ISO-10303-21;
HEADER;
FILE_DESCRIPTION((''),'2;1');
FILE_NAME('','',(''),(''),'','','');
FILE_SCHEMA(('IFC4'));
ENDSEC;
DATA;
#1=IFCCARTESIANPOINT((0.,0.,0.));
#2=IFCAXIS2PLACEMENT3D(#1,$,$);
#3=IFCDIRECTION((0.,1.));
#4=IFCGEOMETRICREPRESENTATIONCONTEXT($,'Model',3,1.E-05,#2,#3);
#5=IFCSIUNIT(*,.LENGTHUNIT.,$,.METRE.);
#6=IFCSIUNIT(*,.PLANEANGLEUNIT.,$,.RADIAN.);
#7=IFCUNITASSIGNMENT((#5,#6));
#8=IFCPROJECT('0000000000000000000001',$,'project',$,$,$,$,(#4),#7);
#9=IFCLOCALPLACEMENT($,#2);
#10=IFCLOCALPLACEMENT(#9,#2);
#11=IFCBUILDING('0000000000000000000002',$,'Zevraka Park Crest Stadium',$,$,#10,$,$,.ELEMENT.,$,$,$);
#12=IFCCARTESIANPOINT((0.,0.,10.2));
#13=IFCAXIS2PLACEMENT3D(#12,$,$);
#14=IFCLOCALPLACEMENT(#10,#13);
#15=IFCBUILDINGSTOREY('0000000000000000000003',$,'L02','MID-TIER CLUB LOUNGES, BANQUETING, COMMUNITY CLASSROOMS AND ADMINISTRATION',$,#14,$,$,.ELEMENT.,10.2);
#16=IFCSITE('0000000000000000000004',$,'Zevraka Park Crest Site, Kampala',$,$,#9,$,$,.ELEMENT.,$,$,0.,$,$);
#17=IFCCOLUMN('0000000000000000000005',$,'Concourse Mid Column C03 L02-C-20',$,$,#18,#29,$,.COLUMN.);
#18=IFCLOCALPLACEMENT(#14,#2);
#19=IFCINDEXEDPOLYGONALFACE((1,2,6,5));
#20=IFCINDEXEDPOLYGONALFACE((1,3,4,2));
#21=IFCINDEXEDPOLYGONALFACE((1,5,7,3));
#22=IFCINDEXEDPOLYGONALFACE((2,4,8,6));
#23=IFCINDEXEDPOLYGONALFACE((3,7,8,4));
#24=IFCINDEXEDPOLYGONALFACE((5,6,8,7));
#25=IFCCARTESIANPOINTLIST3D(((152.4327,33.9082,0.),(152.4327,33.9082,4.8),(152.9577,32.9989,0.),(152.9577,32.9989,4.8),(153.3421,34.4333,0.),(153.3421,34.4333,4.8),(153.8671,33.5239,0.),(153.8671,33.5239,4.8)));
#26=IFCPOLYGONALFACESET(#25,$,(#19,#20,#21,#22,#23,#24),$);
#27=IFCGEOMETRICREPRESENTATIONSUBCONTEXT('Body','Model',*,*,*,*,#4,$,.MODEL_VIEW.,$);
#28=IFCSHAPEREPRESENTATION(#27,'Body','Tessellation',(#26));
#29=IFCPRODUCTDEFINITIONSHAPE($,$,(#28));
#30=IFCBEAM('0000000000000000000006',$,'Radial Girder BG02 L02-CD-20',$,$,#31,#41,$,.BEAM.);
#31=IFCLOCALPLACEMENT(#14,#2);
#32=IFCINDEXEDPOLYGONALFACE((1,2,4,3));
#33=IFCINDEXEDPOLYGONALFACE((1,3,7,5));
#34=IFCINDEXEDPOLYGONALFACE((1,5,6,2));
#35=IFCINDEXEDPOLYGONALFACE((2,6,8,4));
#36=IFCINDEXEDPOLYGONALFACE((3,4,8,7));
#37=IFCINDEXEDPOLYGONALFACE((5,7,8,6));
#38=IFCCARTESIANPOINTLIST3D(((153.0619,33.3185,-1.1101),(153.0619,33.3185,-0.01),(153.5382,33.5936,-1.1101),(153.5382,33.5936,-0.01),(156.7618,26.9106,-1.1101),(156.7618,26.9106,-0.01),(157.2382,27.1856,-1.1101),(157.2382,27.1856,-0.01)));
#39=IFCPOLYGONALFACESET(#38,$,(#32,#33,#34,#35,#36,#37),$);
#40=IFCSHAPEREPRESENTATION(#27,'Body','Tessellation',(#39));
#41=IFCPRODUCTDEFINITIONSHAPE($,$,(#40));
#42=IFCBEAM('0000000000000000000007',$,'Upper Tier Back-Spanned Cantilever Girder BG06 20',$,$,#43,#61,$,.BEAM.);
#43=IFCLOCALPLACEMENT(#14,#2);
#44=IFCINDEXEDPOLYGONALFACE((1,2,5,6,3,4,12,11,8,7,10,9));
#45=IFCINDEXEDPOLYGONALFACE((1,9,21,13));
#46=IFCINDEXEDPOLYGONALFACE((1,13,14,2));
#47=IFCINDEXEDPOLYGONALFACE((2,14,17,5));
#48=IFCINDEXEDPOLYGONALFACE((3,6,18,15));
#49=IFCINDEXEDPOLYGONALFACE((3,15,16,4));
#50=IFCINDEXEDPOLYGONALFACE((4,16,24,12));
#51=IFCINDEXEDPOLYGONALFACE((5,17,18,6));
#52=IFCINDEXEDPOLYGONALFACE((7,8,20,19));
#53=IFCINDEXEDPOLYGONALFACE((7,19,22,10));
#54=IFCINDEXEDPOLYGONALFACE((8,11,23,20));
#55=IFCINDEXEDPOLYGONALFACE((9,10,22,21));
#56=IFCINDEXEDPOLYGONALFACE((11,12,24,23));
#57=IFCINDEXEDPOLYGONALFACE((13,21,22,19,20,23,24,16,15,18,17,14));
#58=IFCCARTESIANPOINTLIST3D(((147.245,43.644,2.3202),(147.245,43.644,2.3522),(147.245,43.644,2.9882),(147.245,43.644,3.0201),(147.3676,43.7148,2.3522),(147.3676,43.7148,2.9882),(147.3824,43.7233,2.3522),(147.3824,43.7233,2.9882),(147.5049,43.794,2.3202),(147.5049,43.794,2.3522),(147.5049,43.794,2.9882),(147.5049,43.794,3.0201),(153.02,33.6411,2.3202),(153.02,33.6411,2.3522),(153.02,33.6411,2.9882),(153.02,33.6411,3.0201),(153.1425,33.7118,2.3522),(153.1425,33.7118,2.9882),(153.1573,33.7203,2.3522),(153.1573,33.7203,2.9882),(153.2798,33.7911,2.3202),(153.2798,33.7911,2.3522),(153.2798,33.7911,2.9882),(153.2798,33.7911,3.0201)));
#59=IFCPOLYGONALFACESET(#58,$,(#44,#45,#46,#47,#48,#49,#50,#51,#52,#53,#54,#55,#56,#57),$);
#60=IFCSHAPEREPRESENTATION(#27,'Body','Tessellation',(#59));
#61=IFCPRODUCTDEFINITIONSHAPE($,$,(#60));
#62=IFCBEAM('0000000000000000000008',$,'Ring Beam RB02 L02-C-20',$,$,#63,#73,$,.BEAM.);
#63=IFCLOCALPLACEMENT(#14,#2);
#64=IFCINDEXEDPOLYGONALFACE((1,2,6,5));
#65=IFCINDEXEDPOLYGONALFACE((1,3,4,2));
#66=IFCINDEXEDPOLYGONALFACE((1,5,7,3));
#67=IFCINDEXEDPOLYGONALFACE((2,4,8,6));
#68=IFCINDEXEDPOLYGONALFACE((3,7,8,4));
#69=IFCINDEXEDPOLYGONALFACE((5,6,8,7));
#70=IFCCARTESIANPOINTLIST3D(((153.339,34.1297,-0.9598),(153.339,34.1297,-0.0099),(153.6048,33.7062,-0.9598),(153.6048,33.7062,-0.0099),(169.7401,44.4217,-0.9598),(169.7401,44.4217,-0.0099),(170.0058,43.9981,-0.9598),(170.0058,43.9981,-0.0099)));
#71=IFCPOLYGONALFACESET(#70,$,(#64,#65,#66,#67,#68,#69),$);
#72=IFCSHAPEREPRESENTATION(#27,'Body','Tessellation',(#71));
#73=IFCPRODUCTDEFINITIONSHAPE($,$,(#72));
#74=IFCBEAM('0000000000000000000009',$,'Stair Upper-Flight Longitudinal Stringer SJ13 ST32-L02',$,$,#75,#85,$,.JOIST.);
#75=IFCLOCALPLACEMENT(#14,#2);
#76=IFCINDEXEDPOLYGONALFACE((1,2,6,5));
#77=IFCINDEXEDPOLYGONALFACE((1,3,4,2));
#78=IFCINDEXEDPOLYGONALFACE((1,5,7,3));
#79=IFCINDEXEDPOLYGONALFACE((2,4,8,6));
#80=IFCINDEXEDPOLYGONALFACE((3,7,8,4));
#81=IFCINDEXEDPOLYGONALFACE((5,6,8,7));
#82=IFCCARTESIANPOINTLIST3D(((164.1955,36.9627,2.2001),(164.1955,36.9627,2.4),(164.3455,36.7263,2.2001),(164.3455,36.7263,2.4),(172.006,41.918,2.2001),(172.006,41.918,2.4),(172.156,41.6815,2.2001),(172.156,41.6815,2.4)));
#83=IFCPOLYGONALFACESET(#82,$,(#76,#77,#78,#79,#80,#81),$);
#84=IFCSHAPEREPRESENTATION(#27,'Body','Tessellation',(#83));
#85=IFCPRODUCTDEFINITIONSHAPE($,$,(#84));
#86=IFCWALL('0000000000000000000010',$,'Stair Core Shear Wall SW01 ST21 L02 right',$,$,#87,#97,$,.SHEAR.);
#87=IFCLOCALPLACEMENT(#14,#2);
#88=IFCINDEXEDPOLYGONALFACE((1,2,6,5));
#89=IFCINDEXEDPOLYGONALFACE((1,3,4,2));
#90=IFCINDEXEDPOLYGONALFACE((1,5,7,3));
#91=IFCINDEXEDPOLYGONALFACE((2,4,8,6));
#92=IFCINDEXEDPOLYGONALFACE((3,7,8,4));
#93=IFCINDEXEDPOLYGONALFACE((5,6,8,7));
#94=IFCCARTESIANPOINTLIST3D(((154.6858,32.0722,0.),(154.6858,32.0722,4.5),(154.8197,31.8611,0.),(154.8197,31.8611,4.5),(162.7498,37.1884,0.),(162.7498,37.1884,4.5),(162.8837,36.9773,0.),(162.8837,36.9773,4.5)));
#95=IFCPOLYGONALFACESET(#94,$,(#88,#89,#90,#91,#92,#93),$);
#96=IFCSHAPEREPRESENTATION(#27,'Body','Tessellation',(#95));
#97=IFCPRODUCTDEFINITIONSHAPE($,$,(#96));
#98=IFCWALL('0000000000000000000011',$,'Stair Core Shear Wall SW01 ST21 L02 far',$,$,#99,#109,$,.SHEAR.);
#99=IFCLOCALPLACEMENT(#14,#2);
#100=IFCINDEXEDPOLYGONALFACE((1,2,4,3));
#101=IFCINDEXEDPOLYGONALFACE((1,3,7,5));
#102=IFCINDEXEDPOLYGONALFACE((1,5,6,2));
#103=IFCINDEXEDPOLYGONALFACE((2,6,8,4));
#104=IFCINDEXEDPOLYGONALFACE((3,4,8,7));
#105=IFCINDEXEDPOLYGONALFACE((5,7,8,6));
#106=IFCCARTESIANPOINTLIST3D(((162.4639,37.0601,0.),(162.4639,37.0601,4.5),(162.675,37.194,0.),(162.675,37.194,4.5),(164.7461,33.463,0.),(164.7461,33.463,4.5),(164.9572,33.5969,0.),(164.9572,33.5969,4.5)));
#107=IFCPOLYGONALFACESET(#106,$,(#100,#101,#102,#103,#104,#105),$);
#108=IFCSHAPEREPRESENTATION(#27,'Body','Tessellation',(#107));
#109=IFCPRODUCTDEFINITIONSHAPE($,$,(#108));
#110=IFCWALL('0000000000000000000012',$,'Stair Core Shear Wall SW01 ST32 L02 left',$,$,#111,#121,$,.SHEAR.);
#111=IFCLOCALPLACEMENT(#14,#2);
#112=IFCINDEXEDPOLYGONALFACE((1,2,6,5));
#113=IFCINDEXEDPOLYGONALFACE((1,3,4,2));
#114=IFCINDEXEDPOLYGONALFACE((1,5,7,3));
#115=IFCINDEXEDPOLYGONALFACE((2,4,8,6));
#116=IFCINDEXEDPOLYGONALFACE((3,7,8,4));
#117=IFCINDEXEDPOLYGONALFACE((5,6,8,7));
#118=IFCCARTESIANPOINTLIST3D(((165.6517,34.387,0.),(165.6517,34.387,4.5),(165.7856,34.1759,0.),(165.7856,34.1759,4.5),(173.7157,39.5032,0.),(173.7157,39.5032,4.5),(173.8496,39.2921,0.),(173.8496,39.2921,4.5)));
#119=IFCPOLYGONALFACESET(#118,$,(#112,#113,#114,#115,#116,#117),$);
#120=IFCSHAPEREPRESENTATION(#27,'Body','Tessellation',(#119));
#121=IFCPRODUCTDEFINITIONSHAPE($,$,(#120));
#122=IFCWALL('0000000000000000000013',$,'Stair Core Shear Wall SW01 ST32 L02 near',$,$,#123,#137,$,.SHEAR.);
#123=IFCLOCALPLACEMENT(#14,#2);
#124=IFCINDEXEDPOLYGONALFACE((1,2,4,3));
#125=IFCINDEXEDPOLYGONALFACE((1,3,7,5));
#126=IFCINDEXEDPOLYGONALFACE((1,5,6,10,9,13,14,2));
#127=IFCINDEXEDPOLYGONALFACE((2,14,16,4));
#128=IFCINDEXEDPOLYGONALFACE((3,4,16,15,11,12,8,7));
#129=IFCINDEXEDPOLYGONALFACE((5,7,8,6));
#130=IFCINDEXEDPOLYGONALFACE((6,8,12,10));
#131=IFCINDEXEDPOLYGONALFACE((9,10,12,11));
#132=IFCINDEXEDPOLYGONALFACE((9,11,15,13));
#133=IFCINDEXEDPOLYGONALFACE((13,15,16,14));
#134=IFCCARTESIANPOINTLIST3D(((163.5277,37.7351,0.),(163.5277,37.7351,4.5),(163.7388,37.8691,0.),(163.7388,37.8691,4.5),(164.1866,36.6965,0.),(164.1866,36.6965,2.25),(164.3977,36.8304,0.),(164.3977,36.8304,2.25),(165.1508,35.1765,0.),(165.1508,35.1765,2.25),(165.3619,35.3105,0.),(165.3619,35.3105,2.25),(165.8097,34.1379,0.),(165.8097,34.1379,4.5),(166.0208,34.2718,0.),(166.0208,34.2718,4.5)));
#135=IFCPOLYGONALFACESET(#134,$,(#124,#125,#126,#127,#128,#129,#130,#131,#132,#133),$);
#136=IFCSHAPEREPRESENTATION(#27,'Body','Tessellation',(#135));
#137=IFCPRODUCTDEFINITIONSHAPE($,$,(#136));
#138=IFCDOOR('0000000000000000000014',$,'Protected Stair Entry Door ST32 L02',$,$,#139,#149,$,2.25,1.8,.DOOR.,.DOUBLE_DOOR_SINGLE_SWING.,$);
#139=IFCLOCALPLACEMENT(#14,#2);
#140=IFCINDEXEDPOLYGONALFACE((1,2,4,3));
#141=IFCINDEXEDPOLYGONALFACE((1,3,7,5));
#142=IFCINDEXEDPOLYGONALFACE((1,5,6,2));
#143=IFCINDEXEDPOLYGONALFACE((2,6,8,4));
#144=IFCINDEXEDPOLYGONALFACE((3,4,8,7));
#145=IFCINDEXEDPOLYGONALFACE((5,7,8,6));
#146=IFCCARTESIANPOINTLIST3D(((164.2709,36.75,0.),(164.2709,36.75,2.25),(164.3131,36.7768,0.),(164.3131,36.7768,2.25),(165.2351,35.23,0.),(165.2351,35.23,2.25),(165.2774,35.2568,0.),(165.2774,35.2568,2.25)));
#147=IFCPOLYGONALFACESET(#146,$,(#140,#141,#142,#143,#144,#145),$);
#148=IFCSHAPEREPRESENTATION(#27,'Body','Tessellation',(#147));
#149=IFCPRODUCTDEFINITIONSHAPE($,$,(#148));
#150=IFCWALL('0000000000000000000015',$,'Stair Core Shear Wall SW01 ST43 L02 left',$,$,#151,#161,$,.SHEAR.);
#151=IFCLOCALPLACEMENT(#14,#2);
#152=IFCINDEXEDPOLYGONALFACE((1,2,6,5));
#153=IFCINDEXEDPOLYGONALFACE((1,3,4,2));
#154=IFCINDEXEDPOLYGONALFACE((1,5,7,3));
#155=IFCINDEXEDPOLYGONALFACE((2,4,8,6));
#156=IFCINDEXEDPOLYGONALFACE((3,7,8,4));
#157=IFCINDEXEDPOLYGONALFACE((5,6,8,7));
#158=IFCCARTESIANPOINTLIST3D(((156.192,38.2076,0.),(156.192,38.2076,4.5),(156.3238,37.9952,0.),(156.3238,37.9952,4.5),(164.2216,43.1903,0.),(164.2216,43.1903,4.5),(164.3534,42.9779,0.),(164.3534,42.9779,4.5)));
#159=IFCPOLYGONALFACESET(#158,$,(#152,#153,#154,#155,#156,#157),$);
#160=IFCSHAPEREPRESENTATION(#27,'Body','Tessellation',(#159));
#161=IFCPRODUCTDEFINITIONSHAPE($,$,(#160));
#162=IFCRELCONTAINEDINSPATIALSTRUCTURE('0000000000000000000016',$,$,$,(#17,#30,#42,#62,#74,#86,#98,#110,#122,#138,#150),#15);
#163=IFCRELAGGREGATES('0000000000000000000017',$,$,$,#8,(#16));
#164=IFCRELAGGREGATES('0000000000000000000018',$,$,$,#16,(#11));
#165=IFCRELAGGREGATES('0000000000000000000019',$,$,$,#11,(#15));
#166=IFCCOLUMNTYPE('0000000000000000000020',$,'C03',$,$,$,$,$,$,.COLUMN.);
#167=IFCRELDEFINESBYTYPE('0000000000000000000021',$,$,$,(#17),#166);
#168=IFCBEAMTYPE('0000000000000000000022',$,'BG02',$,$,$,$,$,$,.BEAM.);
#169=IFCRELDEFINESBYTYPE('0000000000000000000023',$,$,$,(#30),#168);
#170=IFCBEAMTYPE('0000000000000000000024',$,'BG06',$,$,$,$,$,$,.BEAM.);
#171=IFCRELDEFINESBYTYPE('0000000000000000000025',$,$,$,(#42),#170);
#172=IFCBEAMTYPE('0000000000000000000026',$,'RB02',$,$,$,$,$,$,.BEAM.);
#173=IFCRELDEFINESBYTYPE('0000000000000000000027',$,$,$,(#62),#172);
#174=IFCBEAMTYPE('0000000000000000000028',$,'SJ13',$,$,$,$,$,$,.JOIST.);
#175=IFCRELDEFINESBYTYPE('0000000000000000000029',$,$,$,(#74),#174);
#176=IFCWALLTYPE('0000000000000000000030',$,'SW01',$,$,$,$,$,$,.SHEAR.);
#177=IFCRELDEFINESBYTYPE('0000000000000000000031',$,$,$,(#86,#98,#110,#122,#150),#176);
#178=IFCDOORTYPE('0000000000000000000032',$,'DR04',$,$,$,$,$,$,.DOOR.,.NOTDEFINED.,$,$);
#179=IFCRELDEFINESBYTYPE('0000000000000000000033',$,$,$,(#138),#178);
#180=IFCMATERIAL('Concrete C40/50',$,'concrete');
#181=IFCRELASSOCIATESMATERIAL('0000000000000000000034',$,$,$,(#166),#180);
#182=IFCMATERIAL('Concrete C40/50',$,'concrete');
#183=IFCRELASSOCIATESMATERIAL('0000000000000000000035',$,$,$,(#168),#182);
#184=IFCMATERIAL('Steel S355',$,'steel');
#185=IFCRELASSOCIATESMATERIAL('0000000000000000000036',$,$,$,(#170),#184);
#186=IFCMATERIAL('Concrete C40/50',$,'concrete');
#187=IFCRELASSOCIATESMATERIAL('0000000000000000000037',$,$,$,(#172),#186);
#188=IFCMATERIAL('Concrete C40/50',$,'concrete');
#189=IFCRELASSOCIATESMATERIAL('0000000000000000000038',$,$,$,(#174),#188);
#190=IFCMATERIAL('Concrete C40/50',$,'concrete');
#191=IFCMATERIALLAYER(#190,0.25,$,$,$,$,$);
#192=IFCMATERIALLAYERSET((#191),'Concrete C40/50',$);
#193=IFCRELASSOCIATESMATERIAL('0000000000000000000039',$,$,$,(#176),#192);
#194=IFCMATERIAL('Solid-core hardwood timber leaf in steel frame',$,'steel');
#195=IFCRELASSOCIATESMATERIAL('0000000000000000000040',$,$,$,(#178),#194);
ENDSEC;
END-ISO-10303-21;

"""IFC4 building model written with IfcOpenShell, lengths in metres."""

from ifc_helpers import new_model, si_unit, direction, frame, frame_2d, origin, origin_2d, place, context, subcontext, project, spatial, rectangle, i_section, extrude, material, layer, layer_set, material_profile, profile_set, type_object, element, fill, save


model = new_model("IFC4")

# Units and contexts
model_context = context("Model", 3, precision=1e-05, world=origin(), true_north=direction((0.0, 1.0)))
body_context = subcontext(model_context, "Body", "Model", "MODEL_VIEW")
ifc_project = project(units=[si_unit("LENGTHUNIT", "METRE"), si_unit("PLANEANGLEUNIT", "RADIAN")], contexts=[model_context])

# Site, building, storey
site_placement = place(None, origin())
site = spatial("IfcSite", under=ifc_project, at=site_placement, Name="Zevraka Park Crest Site, Kampala", CompositionType="ELEMENT", RefElevation=0.0)
building_placement = place(site_placement, origin())
building = spatial("IfcBuilding", under=site, at=building_placement, Name="Zevraka Park Crest Stadium", CompositionType="ELEMENT")
storey_placement = place(building_placement, frame((0.0, 0.0, 10.2)))
storey = spatial("IfcBuildingStorey", under=building, at=storey_placement, Name="L02", Description="MID-TIER CLUB LOUNGES, BANQUETING, COMMUNITY CLASSROOMS AND ADMINISTRATION", CompositionType="ELEMENT", Elevation=10.2)

# Column
ifc_material_1 = material(Name="Concrete C40/50", Category="concrete")
ifc_material_profile_1 = material_profile(ifc_material_1, rectangle(XDim=1.05, YDim=1.05, at=origin_2d()), Name="RC 1050x1050")
ifc_profile_set_1 = profile_set([ifc_material_profile_1], Name="Concrete C40/50")
column_type = type_object("IfcColumnType", Name="C03", PredefinedType="COLUMN", material=ifc_profile_set_1)
column_placement = place(storey_placement, frame((153.1499, 33.7161, 0.0), z_axis=(0.0, 0.0, 1.0), x_axis=(-0.5, 0.866025, 0.0)))
element("IfcColumn", 1, at=column_placement, inside=storey, type_object=column_type, Name="Concourse Mid Column C03 L02-C-20", PredefinedType="COLUMN", context=body_context, shape_type="SweptSolid", body=[
    extrude(rectangle(XDim=1.05, YDim=1.05, at=origin_2d()), origin(), (0.0, 0.0, 1.0), 4.8),
])

# Beams
ifc_material_2 = material(Name="Concrete C40/50", Category="concrete")
ifc_material_profile_2 = material_profile(ifc_material_2, rectangle(XDim=0.55, YDim=1.1001, at=origin_2d()), Name="RC 1100x550")
ifc_profile_set_2 = profile_set([ifc_material_profile_2], Name="Concrete C40/50")
beam_type_1 = type_object("IfcBeamType", Name="BG02", PredefinedType="BEAM", material=ifc_profile_set_2)
beam_1_placement = place(storey_placement, frame((153.3, 33.4561, -0.5601), z_axis=(0.500032, -0.866007, 0.0), x_axis=(0.866007, 0.500032, 0.0)))
element("IfcBeam", 2, at=beam_1_placement, inside=storey, type_object=beam_type_1, Name="Radial Girder BG02 L02-CD-20", PredefinedType="BEAM", context=body_context, shape_type="SweptSolid", body=[
    extrude(rectangle(XDim=0.55, YDim=1.1001, at=origin_2d()), origin(), (0.0, 0.0, 1.0), 7.3994),
])
ifc_material_3 = material(Name="Steel S355", Category="steel")
ifc_material_profile_3 = material_profile(ifc_material_3, i_section(OverallWidth=0.3, OverallDepth=0.7, WebThickness=0.0171, FlangeThickness=0.032, at=origin_2d()), Name="HEB 700")
ifc_profile_set_3 = profile_set([ifc_material_profile_3], Name="Steel S355")
beam_type_2 = type_object("IfcBeamType", Name="BG06", PredefinedType="BEAM", material=ifc_profile_set_3)
beam_2_placement = place(storey_placement, frame((153.1499, 33.7161, 2.6702), z_axis=(-0.499981, 0.866036, 0.0), x_axis=(-0.866036, -0.499981, 0.0)))
element("IfcBeam", 3, at=beam_2_placement, inside=storey, type_object=beam_type_2, Name="Upper Tier Back-Spanned Cantilever Girder BG06 20", PredefinedType="BEAM", context=body_context, shape_type="SweptSolid", body=[
    extrude(i_section(OverallWidth=0.3, OverallDepth=0.7, WebThickness=0.0171, FlangeThickness=0.032, at=origin_2d()), origin(), (0.0, 0.0, 1.0), 11.5503),
])
ifc_material_4 = material(Name="Concrete C40/50", Category="concrete")
ifc_material_profile_4 = material_profile(ifc_material_4, rectangle(XDim=0.5, YDim=0.95, at=origin_2d()), Name="RC 950x500")
ifc_profile_set_4 = profile_set([ifc_material_profile_4], Name="Concrete C40/50")
beam_type_3 = type_object("IfcBeamType", Name="RB02", PredefinedType="BEAM", material=ifc_profile_set_4)
beam_3_placement = place(storey_placement, frame((153.4719, 33.918, -0.4849), z_axis=(0.847039, 0.531532, 0.0), x_axis=(-0.531532, 0.847039, 0.0)))
element("IfcBeam", 4, at=beam_3_placement, inside=storey, type_object=beam_type_3, Name="Ring Beam RB02 L02-C-20", PredefinedType="BEAM", context=body_context, shape_type="SweptSolid", body=[
    extrude(rectangle(XDim=0.5, YDim=0.95, at=origin_2d()), origin(), (0.0, 0.0, 1.0), 19.3628),
])
ifc_material_5 = material(Name="Concrete C40/50", Category="concrete")
ifc_material_profile_5 = material_profile(ifc_material_5, rectangle(XDim=0.28, YDim=0.2, at=origin_2d()), Name="RC 200x280")
ifc_profile_set_5 = profile_set([ifc_material_profile_5], Name="Concrete C40/50")
beam_type_4 = type_object("IfcBeamType", Name="SJ13", PredefinedType="JOIST", material=ifc_profile_set_5)
beam_4_placement = place(storey_placement, frame((164.2705, 36.8445, 2.3), z_axis=(0.844396, 0.535719, 0.0), x_axis=(-0.535719, 0.844396, 0.0)))
element("IfcBeam", 5, at=beam_4_placement, inside=storey, type_object=beam_type_4, Name="Stair Upper-Flight Longitudinal Stringer SJ13 ST32-L02", PredefinedType="JOIST", context=body_context, shape_type="SweptSolid", body=[
    extrude(rectangle(XDim=0.28, YDim=0.2, at=origin_2d()), origin(), (0.0, 0.0, 1.0), 9.2498),
])

# Walls
ifc_material_6 = material(Name="Concrete C40/50", Category="concrete")
ifc_layer = layer(ifc_material_6, 0.25)
ifc_layer_set = layer_set([ifc_layer], Name="Concrete C40/50")
wall_type = type_object("IfcWallType", Name="SW01", PredefinedType="SHEAR", material=ifc_layer_set)
wall_1_placement = place(storey_placement, frame((162.8167, 37.0828, 0.0), z_axis=(0.0, 0.0, 1.0), x_axis=(-0.844391, -0.535727, 0.0)))
element("IfcWall", 6, at=wall_1_placement, inside=storey, type_object=wall_type, Name="Stair Core Shear Wall SW01 ST21 L02 right", PredefinedType="SHEAR", context=body_context, shape_type="SweptSolid", body=[
    extrude(rectangle(XDim=9.55, YDim=0.25, at=frame_2d((4.7749, 0.0))), origin(), (0.0, 0.0, 1.0), 4.5),
])
wall_2_placement = place(storey_placement, frame((164.8516, 33.53, 0.0), z_axis=(0.0, 0.0, 1.0), x_axis=(-0.535725, 0.844392, 0.0)))
element("IfcWall", 7, at=wall_2_placement, inside=storey, type_object=wall_type, Name="Stair Core Shear Wall SW01 ST21 L02 far", PredefinedType="SHEAR", context=body_context, shape_type="SweptSolid", body=[
    extrude(rectangle(XDim=4.26, YDim=0.25, at=frame_2d((2.1299, 0.0))), origin(), (0.0, 0.0, 1.0), 4.5),
])
wall_3_placement = place(storey_placement, frame((165.7188, 34.2815, 0.0), z_axis=(0.0, 0.0, 1.0), x_axis=(0.844391, 0.535727, 0.0)))
element("IfcWall", 8, at=wall_3_placement, inside=storey, type_object=wall_type, Name="Stair Core Shear Wall SW01 ST32 L02 left", PredefinedType="SHEAR", context=body_context, shape_type="SweptSolid", body=[
    extrude(rectangle(XDim=9.55, YDim=0.25, at=frame_2d((4.7749, 0.0))), origin(), (0.0, 0.0, 1.0), 4.5),
])

# Wall, opening, door
wall_4_placement = place(storey_placement, frame((163.6333, 37.802, 0.0), z_axis=(0.0, 0.0, 1.0), x_axis=(0.535685, -0.844418, 0.0)))
wall_4 = element("IfcWall", 9, at=wall_4_placement, inside=storey, type_object=wall_type, Name="Stair Core Shear Wall SW01 ST32 L02 near", PredefinedType="SHEAR", context=body_context, shape_type="SweptSolid", body=[
    extrude(rectangle(XDim=4.26, YDim=0.25, at=frame_2d((2.1299, 0.0))), origin(), (0.0, 0.0, 1.0), 4.5),
])
opening_placement = place(wall_4_placement, frame((1.23, 0.0, 0.0)))
opening = element("IfcOpeningElement", 10, at=opening_placement, cuts=wall_4, PredefinedType="OPENING", context=body_context, shape_type="SweptSolid", body=[
    extrude(rectangle(XDim=1.8, YDim=2.25, at=frame_2d((0.8999, 1.125))), frame((0.0, 0.135, 0.0), z_axis=(0.0, -1.0, 0.0), x_axis=(1.0, 0.0, 0.0)), (0.0, 0.0, 1.0), 0.27),
])
ifc_material_7 = material(Name="Solid-core hardwood timber leaf in steel frame", Category="steel")
door_type = type_object("IfcDoorType", Name="DR04", OperationType="NOTDEFINED", PredefinedType="DOOR", material=ifc_material_7)
door_placement = place(opening_placement, origin())
door = element("IfcDoor", 11, at=door_placement, inside=storey, type_object=door_type, Name="Protected Stair Entry Door ST32 L02", OperationType="DOUBLE_DOOR_SINGLE_SWING", OverallHeight=2.25, OverallWidth=1.8, PredefinedType="DOOR", context=body_context, shape_type="SweptSolid", body=[
    extrude(rectangle(XDim=1.8, YDim=2.25, at=frame_2d((0.8999, 1.125))), frame((0.0, 0.0249, 0.0), z_axis=(0.0, -1.0, 0.0), x_axis=(1.0, 0.0, 0.0)), (0.0, 0.0, 1.0), 0.05),
])
fill(opening, door)

# Wall
wall_5_placement = place(storey_placement, frame((156.2578, 38.1013, 0.0), z_axis=(0.0, 0.0, 1.0), x_axis=(0.849696, 0.527272, 0.0)))
element("IfcWall", 12, at=wall_5_placement, inside=storey, type_object=wall_type, Name="Stair Core Shear Wall SW01 ST43 L02 left", PredefinedType="SHEAR", context=body_context, shape_type="SweptSolid", body=[
    extrude(rectangle(XDim=9.45, YDim=0.25, at=frame_2d((4.7251, 0.0))), origin(), (0.0, 0.0, 1.0), 4.5),
])

save(model, "model.ifc")
